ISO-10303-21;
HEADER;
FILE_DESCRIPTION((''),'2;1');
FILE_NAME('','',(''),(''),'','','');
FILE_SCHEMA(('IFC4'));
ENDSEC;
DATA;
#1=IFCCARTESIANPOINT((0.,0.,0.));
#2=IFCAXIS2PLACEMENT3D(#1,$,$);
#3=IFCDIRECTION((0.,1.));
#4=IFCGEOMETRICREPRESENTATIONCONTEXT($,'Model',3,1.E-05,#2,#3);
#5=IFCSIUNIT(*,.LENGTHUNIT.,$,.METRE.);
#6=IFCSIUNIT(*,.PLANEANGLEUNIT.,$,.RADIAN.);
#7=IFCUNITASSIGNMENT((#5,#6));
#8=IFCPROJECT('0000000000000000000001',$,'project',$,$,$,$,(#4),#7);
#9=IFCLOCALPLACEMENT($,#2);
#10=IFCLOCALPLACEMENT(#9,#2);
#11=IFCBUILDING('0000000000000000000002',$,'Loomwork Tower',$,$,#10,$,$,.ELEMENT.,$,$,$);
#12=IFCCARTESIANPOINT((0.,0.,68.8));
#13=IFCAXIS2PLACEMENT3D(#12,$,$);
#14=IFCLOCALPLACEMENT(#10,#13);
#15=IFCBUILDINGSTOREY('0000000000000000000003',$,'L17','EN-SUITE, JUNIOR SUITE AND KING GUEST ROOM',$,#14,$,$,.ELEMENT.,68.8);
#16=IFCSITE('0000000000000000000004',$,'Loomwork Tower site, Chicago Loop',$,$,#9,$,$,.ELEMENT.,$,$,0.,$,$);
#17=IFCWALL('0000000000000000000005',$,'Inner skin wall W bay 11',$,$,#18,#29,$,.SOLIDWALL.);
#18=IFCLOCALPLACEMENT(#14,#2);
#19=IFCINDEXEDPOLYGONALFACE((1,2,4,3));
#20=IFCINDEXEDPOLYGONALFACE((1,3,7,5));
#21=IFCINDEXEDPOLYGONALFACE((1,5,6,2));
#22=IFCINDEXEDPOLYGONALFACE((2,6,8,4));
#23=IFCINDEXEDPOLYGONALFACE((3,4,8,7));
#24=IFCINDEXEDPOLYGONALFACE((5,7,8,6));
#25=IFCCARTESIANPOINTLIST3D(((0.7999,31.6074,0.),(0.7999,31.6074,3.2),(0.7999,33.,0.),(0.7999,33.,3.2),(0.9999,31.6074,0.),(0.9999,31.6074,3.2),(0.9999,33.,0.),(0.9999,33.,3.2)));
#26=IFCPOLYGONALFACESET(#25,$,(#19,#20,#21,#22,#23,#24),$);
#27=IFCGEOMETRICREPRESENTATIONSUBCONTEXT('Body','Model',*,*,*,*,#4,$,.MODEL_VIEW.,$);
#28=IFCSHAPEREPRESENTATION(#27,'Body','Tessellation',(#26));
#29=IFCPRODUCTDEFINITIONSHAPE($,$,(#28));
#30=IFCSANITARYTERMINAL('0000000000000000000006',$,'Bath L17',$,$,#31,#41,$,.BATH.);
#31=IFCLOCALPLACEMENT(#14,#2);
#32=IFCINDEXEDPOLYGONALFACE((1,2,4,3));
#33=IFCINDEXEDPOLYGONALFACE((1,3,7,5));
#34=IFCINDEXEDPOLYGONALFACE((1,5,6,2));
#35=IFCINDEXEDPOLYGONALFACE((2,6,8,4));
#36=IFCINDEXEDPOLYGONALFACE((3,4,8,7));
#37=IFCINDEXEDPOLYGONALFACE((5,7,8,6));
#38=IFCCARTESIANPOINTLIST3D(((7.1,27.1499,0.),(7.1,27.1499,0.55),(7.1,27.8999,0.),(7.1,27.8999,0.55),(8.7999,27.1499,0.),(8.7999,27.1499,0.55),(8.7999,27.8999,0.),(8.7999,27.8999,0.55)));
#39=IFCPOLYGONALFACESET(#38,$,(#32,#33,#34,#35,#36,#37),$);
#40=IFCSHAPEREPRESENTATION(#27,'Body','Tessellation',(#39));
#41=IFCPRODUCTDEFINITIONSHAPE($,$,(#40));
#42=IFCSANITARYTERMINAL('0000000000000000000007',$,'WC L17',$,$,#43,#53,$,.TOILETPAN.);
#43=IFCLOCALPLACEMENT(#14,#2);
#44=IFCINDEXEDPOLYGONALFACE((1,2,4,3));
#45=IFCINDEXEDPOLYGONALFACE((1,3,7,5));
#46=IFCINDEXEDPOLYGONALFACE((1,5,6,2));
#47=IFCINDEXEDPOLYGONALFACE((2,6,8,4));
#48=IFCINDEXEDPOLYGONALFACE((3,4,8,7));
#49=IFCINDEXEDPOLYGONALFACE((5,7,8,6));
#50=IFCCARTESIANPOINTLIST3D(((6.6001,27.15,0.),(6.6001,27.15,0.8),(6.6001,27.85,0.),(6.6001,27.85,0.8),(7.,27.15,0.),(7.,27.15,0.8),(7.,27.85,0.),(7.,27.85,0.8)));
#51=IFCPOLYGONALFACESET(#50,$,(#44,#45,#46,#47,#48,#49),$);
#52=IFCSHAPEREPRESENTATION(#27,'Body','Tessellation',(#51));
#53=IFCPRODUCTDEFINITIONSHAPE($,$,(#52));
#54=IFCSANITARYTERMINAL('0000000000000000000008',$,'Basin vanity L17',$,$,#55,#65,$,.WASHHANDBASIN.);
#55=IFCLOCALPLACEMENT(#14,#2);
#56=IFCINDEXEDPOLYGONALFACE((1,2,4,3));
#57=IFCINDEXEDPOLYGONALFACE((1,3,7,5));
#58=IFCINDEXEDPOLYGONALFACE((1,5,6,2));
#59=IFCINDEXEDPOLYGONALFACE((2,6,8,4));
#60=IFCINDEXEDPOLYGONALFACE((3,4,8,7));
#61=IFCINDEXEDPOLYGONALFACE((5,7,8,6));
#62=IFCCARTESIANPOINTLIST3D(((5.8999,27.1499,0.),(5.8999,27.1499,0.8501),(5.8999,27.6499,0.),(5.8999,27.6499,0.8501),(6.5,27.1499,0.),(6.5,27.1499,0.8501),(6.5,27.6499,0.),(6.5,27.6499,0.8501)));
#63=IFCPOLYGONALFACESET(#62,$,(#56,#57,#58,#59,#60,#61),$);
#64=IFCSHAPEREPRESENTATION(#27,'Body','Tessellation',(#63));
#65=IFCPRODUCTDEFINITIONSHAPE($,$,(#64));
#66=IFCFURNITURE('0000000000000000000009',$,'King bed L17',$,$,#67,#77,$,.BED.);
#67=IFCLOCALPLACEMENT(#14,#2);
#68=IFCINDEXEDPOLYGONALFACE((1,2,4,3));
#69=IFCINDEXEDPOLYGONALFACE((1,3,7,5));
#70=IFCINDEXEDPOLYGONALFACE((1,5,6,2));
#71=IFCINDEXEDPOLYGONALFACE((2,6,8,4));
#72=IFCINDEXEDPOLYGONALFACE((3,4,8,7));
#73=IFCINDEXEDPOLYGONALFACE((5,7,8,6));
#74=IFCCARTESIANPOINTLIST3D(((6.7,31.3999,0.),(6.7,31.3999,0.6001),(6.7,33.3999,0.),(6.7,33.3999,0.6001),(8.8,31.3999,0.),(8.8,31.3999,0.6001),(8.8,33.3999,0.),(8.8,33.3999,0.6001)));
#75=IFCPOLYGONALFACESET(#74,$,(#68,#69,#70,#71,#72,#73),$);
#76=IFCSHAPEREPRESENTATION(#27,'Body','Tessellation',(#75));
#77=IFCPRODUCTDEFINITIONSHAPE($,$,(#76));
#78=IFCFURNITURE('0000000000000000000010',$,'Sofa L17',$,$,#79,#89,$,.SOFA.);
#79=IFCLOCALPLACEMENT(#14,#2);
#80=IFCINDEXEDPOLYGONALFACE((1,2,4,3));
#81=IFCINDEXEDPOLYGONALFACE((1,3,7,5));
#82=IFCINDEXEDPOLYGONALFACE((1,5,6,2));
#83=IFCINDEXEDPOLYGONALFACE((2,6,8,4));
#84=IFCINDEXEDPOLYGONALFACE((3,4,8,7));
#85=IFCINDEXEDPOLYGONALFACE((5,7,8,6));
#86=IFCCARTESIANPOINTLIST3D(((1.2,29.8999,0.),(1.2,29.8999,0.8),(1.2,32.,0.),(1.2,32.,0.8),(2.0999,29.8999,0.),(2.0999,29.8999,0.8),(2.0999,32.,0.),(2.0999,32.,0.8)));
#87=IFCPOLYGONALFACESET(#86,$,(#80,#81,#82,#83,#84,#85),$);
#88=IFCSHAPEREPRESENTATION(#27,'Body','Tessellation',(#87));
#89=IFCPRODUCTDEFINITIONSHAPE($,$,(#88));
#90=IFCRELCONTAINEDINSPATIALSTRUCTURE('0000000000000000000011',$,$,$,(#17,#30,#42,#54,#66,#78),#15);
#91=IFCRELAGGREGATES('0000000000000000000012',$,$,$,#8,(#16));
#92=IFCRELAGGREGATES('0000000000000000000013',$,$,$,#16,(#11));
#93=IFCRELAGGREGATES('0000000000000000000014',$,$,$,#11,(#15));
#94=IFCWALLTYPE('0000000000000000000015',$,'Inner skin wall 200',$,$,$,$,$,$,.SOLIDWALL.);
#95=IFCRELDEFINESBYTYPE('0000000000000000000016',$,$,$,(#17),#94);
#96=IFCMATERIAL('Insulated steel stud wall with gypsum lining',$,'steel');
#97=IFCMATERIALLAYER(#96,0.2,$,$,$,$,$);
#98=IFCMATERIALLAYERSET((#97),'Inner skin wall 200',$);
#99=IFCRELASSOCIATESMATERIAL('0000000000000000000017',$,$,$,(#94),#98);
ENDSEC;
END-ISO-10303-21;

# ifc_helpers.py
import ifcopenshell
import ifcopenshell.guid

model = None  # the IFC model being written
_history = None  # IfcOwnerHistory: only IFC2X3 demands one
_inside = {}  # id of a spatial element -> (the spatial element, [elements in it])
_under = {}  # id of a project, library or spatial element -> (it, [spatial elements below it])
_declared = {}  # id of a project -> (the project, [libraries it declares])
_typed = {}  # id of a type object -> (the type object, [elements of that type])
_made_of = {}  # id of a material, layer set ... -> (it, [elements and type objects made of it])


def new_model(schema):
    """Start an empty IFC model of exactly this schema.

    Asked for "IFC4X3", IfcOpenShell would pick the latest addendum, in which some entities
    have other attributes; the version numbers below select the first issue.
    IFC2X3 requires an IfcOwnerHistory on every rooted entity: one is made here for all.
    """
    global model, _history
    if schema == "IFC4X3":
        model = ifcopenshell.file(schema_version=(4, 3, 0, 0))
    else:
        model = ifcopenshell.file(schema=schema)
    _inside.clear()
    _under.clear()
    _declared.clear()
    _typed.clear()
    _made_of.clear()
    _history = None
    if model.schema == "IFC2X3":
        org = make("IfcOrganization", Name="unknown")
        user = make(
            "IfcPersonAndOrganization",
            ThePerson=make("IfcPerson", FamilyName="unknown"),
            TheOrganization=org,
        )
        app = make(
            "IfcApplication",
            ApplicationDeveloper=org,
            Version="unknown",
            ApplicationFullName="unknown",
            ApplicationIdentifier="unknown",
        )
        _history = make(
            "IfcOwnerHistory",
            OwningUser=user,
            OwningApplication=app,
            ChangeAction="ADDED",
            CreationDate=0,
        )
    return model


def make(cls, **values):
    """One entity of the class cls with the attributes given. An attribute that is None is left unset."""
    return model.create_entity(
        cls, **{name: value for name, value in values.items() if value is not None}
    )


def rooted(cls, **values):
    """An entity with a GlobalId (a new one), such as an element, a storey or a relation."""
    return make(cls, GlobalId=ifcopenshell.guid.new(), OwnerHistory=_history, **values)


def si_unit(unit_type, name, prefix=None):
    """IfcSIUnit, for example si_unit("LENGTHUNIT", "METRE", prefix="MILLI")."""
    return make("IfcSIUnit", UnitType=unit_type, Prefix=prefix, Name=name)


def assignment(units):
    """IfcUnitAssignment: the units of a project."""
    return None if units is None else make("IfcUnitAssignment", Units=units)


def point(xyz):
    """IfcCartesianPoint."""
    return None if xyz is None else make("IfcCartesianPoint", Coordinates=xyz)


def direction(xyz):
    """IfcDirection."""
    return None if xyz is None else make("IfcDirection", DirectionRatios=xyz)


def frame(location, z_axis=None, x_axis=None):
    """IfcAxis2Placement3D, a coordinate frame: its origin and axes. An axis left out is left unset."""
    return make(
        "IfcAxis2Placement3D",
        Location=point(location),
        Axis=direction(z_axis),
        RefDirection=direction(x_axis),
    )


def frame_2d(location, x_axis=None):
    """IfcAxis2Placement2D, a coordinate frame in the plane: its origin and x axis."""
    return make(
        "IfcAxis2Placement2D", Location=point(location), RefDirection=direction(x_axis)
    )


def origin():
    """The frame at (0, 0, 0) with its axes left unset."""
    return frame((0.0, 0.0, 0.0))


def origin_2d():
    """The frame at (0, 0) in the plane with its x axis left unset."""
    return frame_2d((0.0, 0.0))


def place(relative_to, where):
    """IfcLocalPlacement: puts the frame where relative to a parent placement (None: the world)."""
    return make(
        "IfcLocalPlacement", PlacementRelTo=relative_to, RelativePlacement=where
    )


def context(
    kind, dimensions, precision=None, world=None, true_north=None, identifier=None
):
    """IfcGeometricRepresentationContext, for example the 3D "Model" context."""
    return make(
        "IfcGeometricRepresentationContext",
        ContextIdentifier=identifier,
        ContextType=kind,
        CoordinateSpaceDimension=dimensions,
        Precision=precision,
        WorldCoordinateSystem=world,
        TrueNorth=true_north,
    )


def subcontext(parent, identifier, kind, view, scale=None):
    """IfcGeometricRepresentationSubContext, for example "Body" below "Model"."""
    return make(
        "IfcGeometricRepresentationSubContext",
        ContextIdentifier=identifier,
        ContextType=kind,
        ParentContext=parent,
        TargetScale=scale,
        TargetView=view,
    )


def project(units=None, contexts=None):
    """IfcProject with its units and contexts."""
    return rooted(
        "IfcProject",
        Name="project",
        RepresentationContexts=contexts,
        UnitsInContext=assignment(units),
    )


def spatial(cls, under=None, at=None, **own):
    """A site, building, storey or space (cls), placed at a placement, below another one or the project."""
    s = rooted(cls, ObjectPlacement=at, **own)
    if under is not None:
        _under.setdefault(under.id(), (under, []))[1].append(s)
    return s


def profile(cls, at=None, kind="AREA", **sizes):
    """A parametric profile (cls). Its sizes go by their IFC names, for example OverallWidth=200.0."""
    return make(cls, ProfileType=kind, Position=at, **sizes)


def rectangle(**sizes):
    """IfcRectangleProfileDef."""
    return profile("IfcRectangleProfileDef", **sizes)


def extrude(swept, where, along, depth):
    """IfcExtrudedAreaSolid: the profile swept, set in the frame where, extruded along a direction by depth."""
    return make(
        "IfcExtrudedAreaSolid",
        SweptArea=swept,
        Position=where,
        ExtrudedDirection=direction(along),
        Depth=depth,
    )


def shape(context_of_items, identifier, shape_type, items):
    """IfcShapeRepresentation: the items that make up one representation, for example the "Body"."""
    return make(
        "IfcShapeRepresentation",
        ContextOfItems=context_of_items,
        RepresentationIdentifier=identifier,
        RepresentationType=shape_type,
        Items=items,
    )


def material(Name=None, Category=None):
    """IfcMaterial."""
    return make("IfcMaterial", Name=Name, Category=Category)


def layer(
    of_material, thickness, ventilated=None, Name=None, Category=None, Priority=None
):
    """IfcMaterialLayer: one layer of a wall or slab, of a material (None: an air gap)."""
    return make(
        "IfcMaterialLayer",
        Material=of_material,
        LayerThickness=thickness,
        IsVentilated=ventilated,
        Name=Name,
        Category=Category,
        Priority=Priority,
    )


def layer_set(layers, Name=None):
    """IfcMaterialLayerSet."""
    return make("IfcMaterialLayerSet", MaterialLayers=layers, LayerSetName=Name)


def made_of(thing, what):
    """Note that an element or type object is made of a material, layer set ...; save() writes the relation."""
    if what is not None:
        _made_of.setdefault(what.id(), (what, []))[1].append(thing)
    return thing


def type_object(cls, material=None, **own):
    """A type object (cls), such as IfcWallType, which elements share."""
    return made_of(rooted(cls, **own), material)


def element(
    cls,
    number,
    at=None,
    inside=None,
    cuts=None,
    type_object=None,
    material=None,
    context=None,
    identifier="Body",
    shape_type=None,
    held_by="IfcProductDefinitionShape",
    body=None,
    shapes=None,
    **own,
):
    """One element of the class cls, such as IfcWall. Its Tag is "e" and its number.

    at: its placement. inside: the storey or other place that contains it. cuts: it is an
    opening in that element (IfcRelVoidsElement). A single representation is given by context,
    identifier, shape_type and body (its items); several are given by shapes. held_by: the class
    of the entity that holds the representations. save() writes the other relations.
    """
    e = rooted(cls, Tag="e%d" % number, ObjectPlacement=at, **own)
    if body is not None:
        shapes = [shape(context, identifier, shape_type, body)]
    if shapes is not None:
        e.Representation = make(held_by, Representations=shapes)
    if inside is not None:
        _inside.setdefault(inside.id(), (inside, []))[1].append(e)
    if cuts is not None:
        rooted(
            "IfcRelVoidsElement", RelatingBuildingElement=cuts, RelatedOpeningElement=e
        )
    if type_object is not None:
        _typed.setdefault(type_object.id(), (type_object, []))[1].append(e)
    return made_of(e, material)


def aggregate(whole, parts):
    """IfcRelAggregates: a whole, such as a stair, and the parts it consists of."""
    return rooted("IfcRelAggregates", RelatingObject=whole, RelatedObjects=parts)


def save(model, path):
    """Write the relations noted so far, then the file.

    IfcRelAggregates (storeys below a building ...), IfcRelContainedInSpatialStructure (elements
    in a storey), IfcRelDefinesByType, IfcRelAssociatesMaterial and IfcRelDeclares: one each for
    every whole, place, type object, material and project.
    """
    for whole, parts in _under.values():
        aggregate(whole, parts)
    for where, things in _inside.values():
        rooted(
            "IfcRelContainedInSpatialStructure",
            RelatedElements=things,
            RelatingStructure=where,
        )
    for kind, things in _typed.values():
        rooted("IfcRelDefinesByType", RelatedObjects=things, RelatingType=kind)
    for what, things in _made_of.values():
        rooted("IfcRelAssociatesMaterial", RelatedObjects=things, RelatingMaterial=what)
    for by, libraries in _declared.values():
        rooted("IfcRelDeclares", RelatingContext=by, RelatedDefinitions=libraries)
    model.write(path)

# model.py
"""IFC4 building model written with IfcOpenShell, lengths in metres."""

from ifc_helpers import new_model, si_unit, direction, frame, frame_2d, origin, origin_2d, place, context, subcontext, project, spatial, rectangle, extrude, material, layer, layer_set, type_object, element, save


model = new_model("IFC4")

# Units and contexts
model_context = context("Model", 3, precision=1e-05, world=origin(), true_north=direction((0.0, 1.0)))
body_context = subcontext(model_context, "Body", "Model", "MODEL_VIEW")
ifc_project = project(units=[si_unit("LENGTHUNIT", "METRE"), si_unit("PLANEANGLEUNIT", "RADIAN")], contexts=[model_context])

# Site, building, storey
site_placement = place(None, origin())
site = spatial("IfcSite", under=ifc_project, at=site_placement, Name="Loomwork Tower site, Chicago Loop", CompositionType="ELEMENT", RefElevation=0.0)
building_placement = place(site_placement, origin())
building = spatial("IfcBuilding", under=site, at=building_placement, Name="Loomwork Tower", CompositionType="ELEMENT")
storey_placement = place(building_placement, frame((0.0, 0.0, 68.8)))
storey = spatial("IfcBuildingStorey", under=building, at=storey_placement, Name="L17", Description="EN-SUITE, JUNIOR SUITE AND KING GUEST ROOM", CompositionType="ELEMENT", Elevation=68.8)

# Wall
ifc_material_1 = material(Name="Insulated steel stud wall with gypsum lining", Category="steel")
ifc_layer_1 = layer(ifc_material_1, 0.2)
ifc_layer_set_1 = layer_set([ifc_layer_1], Name="Inner skin wall 200")
wall_type_1 = type_object("IfcWallType", Name="Inner skin wall 200", PredefinedType="SOLIDWALL", material=ifc_layer_set_1)
wall_1_placement = place(storey_placement, frame((0.8999, 31.6074, 0.0), z_axis=(0.0, 0.0, 1.0), x_axis=(0.0, 1.0, 0.0)))
element("IfcWall", 1, at=wall_1_placement, inside=storey, type_object=wall_type_1, Name="Inner skin wall W bay 11", PredefinedType="SOLIDWALL", context=body_context, shape_type="SweptSolid", body=[
    extrude(rectangle(XDim=1.3926, YDim=0.2, at=frame_2d((0.6963, 0.0))), origin(), (0.0, 0.0, 1.0), 3.2),
])

# Sanitary terminals
sanitary_terminal_1_placement = place(storey_placement, frame((7.95, 27.5249, 0.0), z_axis=(0.0, 0.0, 1.0), x_axis=(1.0, 0.0, 0.0)))
element("IfcSanitaryTerminal", 2, at=sanitary_terminal_1_placement, inside=storey, Name="Bath L17", PredefinedType="BATH", context=body_context, shape_type="SweptSolid", body=[
    extrude(rectangle(XDim=1.7, YDim=0.75, at=origin_2d()), origin(), (0.0, 0.0, 1.0), 0.55),
])
sanitary_terminal_2_placement = place(storey_placement, frame((6.8, 27.5, 0.0), z_axis=(0.0, 0.0, 1.0), x_axis=(1.0, 0.0, 0.0)))
element("IfcSanitaryTerminal", 3, at=sanitary_terminal_2_placement, inside=storey, Name="WC L17", PredefinedType="TOILETPAN", context=body_context, shape_type="SweptSolid", body=[
    extrude(rectangle(XDim=0.3999, YDim=0.7, at=origin_2d()), origin(), (0.0, 0.0, 1.0), 0.8),
])
sanitary_terminal_3_placement = place(storey_placement, frame((6.2, 27.3999, 0.0), z_axis=(0.0, 0.0, 1.0), x_axis=(1.0, 0.0, 0.0)))
element("IfcSanitaryTerminal", 4, at=sanitary_terminal_3_placement, inside=storey, Name="Basin vanity L17", PredefinedType="WASHHANDBASIN", context=body_context, shape_type="SweptSolid", body=[
    extrude(rectangle(XDim=0.6001, YDim=0.5, at=origin_2d()), origin(), (0.0, 0.0, 1.0), 0.8501),
])

# Furniture
furniture_1_placement = place(storey_placement, frame((7.75, 32.3999, 0.0), z_axis=(0.0, 0.0, 1.0), x_axis=(1.0, 0.0, 0.0)))
element("IfcFurniture", 5, at=furniture_1_placement, inside=storey, Name="King bed L17", PredefinedType="BED", context=body_context, shape_type="SweptSolid", body=[
    extrude(rectangle(XDim=2.1001, YDim=2.0, at=origin_2d()), origin(), (0.0, 0.0, 1.0), 0.6001),
])
furniture_2_placement = place(storey_placement, frame((1.6499, 30.95, 0.0), z_axis=(0.0, 0.0, 1.0), x_axis=(1.0, 0.0, 0.0)))
element("IfcFurniture", 6, at=furniture_2_placement, inside=storey, Name="Sofa L17", PredefinedType="SOFA", context=body_context, shape_type="SweptSolid", body=[
    extrude(rectangle(XDim=0.8999, YDim=2.1001, at=origin_2d()), origin(), (0.0, 0.0, 1.0), 0.8),
])

save(model, "model.ifc")
